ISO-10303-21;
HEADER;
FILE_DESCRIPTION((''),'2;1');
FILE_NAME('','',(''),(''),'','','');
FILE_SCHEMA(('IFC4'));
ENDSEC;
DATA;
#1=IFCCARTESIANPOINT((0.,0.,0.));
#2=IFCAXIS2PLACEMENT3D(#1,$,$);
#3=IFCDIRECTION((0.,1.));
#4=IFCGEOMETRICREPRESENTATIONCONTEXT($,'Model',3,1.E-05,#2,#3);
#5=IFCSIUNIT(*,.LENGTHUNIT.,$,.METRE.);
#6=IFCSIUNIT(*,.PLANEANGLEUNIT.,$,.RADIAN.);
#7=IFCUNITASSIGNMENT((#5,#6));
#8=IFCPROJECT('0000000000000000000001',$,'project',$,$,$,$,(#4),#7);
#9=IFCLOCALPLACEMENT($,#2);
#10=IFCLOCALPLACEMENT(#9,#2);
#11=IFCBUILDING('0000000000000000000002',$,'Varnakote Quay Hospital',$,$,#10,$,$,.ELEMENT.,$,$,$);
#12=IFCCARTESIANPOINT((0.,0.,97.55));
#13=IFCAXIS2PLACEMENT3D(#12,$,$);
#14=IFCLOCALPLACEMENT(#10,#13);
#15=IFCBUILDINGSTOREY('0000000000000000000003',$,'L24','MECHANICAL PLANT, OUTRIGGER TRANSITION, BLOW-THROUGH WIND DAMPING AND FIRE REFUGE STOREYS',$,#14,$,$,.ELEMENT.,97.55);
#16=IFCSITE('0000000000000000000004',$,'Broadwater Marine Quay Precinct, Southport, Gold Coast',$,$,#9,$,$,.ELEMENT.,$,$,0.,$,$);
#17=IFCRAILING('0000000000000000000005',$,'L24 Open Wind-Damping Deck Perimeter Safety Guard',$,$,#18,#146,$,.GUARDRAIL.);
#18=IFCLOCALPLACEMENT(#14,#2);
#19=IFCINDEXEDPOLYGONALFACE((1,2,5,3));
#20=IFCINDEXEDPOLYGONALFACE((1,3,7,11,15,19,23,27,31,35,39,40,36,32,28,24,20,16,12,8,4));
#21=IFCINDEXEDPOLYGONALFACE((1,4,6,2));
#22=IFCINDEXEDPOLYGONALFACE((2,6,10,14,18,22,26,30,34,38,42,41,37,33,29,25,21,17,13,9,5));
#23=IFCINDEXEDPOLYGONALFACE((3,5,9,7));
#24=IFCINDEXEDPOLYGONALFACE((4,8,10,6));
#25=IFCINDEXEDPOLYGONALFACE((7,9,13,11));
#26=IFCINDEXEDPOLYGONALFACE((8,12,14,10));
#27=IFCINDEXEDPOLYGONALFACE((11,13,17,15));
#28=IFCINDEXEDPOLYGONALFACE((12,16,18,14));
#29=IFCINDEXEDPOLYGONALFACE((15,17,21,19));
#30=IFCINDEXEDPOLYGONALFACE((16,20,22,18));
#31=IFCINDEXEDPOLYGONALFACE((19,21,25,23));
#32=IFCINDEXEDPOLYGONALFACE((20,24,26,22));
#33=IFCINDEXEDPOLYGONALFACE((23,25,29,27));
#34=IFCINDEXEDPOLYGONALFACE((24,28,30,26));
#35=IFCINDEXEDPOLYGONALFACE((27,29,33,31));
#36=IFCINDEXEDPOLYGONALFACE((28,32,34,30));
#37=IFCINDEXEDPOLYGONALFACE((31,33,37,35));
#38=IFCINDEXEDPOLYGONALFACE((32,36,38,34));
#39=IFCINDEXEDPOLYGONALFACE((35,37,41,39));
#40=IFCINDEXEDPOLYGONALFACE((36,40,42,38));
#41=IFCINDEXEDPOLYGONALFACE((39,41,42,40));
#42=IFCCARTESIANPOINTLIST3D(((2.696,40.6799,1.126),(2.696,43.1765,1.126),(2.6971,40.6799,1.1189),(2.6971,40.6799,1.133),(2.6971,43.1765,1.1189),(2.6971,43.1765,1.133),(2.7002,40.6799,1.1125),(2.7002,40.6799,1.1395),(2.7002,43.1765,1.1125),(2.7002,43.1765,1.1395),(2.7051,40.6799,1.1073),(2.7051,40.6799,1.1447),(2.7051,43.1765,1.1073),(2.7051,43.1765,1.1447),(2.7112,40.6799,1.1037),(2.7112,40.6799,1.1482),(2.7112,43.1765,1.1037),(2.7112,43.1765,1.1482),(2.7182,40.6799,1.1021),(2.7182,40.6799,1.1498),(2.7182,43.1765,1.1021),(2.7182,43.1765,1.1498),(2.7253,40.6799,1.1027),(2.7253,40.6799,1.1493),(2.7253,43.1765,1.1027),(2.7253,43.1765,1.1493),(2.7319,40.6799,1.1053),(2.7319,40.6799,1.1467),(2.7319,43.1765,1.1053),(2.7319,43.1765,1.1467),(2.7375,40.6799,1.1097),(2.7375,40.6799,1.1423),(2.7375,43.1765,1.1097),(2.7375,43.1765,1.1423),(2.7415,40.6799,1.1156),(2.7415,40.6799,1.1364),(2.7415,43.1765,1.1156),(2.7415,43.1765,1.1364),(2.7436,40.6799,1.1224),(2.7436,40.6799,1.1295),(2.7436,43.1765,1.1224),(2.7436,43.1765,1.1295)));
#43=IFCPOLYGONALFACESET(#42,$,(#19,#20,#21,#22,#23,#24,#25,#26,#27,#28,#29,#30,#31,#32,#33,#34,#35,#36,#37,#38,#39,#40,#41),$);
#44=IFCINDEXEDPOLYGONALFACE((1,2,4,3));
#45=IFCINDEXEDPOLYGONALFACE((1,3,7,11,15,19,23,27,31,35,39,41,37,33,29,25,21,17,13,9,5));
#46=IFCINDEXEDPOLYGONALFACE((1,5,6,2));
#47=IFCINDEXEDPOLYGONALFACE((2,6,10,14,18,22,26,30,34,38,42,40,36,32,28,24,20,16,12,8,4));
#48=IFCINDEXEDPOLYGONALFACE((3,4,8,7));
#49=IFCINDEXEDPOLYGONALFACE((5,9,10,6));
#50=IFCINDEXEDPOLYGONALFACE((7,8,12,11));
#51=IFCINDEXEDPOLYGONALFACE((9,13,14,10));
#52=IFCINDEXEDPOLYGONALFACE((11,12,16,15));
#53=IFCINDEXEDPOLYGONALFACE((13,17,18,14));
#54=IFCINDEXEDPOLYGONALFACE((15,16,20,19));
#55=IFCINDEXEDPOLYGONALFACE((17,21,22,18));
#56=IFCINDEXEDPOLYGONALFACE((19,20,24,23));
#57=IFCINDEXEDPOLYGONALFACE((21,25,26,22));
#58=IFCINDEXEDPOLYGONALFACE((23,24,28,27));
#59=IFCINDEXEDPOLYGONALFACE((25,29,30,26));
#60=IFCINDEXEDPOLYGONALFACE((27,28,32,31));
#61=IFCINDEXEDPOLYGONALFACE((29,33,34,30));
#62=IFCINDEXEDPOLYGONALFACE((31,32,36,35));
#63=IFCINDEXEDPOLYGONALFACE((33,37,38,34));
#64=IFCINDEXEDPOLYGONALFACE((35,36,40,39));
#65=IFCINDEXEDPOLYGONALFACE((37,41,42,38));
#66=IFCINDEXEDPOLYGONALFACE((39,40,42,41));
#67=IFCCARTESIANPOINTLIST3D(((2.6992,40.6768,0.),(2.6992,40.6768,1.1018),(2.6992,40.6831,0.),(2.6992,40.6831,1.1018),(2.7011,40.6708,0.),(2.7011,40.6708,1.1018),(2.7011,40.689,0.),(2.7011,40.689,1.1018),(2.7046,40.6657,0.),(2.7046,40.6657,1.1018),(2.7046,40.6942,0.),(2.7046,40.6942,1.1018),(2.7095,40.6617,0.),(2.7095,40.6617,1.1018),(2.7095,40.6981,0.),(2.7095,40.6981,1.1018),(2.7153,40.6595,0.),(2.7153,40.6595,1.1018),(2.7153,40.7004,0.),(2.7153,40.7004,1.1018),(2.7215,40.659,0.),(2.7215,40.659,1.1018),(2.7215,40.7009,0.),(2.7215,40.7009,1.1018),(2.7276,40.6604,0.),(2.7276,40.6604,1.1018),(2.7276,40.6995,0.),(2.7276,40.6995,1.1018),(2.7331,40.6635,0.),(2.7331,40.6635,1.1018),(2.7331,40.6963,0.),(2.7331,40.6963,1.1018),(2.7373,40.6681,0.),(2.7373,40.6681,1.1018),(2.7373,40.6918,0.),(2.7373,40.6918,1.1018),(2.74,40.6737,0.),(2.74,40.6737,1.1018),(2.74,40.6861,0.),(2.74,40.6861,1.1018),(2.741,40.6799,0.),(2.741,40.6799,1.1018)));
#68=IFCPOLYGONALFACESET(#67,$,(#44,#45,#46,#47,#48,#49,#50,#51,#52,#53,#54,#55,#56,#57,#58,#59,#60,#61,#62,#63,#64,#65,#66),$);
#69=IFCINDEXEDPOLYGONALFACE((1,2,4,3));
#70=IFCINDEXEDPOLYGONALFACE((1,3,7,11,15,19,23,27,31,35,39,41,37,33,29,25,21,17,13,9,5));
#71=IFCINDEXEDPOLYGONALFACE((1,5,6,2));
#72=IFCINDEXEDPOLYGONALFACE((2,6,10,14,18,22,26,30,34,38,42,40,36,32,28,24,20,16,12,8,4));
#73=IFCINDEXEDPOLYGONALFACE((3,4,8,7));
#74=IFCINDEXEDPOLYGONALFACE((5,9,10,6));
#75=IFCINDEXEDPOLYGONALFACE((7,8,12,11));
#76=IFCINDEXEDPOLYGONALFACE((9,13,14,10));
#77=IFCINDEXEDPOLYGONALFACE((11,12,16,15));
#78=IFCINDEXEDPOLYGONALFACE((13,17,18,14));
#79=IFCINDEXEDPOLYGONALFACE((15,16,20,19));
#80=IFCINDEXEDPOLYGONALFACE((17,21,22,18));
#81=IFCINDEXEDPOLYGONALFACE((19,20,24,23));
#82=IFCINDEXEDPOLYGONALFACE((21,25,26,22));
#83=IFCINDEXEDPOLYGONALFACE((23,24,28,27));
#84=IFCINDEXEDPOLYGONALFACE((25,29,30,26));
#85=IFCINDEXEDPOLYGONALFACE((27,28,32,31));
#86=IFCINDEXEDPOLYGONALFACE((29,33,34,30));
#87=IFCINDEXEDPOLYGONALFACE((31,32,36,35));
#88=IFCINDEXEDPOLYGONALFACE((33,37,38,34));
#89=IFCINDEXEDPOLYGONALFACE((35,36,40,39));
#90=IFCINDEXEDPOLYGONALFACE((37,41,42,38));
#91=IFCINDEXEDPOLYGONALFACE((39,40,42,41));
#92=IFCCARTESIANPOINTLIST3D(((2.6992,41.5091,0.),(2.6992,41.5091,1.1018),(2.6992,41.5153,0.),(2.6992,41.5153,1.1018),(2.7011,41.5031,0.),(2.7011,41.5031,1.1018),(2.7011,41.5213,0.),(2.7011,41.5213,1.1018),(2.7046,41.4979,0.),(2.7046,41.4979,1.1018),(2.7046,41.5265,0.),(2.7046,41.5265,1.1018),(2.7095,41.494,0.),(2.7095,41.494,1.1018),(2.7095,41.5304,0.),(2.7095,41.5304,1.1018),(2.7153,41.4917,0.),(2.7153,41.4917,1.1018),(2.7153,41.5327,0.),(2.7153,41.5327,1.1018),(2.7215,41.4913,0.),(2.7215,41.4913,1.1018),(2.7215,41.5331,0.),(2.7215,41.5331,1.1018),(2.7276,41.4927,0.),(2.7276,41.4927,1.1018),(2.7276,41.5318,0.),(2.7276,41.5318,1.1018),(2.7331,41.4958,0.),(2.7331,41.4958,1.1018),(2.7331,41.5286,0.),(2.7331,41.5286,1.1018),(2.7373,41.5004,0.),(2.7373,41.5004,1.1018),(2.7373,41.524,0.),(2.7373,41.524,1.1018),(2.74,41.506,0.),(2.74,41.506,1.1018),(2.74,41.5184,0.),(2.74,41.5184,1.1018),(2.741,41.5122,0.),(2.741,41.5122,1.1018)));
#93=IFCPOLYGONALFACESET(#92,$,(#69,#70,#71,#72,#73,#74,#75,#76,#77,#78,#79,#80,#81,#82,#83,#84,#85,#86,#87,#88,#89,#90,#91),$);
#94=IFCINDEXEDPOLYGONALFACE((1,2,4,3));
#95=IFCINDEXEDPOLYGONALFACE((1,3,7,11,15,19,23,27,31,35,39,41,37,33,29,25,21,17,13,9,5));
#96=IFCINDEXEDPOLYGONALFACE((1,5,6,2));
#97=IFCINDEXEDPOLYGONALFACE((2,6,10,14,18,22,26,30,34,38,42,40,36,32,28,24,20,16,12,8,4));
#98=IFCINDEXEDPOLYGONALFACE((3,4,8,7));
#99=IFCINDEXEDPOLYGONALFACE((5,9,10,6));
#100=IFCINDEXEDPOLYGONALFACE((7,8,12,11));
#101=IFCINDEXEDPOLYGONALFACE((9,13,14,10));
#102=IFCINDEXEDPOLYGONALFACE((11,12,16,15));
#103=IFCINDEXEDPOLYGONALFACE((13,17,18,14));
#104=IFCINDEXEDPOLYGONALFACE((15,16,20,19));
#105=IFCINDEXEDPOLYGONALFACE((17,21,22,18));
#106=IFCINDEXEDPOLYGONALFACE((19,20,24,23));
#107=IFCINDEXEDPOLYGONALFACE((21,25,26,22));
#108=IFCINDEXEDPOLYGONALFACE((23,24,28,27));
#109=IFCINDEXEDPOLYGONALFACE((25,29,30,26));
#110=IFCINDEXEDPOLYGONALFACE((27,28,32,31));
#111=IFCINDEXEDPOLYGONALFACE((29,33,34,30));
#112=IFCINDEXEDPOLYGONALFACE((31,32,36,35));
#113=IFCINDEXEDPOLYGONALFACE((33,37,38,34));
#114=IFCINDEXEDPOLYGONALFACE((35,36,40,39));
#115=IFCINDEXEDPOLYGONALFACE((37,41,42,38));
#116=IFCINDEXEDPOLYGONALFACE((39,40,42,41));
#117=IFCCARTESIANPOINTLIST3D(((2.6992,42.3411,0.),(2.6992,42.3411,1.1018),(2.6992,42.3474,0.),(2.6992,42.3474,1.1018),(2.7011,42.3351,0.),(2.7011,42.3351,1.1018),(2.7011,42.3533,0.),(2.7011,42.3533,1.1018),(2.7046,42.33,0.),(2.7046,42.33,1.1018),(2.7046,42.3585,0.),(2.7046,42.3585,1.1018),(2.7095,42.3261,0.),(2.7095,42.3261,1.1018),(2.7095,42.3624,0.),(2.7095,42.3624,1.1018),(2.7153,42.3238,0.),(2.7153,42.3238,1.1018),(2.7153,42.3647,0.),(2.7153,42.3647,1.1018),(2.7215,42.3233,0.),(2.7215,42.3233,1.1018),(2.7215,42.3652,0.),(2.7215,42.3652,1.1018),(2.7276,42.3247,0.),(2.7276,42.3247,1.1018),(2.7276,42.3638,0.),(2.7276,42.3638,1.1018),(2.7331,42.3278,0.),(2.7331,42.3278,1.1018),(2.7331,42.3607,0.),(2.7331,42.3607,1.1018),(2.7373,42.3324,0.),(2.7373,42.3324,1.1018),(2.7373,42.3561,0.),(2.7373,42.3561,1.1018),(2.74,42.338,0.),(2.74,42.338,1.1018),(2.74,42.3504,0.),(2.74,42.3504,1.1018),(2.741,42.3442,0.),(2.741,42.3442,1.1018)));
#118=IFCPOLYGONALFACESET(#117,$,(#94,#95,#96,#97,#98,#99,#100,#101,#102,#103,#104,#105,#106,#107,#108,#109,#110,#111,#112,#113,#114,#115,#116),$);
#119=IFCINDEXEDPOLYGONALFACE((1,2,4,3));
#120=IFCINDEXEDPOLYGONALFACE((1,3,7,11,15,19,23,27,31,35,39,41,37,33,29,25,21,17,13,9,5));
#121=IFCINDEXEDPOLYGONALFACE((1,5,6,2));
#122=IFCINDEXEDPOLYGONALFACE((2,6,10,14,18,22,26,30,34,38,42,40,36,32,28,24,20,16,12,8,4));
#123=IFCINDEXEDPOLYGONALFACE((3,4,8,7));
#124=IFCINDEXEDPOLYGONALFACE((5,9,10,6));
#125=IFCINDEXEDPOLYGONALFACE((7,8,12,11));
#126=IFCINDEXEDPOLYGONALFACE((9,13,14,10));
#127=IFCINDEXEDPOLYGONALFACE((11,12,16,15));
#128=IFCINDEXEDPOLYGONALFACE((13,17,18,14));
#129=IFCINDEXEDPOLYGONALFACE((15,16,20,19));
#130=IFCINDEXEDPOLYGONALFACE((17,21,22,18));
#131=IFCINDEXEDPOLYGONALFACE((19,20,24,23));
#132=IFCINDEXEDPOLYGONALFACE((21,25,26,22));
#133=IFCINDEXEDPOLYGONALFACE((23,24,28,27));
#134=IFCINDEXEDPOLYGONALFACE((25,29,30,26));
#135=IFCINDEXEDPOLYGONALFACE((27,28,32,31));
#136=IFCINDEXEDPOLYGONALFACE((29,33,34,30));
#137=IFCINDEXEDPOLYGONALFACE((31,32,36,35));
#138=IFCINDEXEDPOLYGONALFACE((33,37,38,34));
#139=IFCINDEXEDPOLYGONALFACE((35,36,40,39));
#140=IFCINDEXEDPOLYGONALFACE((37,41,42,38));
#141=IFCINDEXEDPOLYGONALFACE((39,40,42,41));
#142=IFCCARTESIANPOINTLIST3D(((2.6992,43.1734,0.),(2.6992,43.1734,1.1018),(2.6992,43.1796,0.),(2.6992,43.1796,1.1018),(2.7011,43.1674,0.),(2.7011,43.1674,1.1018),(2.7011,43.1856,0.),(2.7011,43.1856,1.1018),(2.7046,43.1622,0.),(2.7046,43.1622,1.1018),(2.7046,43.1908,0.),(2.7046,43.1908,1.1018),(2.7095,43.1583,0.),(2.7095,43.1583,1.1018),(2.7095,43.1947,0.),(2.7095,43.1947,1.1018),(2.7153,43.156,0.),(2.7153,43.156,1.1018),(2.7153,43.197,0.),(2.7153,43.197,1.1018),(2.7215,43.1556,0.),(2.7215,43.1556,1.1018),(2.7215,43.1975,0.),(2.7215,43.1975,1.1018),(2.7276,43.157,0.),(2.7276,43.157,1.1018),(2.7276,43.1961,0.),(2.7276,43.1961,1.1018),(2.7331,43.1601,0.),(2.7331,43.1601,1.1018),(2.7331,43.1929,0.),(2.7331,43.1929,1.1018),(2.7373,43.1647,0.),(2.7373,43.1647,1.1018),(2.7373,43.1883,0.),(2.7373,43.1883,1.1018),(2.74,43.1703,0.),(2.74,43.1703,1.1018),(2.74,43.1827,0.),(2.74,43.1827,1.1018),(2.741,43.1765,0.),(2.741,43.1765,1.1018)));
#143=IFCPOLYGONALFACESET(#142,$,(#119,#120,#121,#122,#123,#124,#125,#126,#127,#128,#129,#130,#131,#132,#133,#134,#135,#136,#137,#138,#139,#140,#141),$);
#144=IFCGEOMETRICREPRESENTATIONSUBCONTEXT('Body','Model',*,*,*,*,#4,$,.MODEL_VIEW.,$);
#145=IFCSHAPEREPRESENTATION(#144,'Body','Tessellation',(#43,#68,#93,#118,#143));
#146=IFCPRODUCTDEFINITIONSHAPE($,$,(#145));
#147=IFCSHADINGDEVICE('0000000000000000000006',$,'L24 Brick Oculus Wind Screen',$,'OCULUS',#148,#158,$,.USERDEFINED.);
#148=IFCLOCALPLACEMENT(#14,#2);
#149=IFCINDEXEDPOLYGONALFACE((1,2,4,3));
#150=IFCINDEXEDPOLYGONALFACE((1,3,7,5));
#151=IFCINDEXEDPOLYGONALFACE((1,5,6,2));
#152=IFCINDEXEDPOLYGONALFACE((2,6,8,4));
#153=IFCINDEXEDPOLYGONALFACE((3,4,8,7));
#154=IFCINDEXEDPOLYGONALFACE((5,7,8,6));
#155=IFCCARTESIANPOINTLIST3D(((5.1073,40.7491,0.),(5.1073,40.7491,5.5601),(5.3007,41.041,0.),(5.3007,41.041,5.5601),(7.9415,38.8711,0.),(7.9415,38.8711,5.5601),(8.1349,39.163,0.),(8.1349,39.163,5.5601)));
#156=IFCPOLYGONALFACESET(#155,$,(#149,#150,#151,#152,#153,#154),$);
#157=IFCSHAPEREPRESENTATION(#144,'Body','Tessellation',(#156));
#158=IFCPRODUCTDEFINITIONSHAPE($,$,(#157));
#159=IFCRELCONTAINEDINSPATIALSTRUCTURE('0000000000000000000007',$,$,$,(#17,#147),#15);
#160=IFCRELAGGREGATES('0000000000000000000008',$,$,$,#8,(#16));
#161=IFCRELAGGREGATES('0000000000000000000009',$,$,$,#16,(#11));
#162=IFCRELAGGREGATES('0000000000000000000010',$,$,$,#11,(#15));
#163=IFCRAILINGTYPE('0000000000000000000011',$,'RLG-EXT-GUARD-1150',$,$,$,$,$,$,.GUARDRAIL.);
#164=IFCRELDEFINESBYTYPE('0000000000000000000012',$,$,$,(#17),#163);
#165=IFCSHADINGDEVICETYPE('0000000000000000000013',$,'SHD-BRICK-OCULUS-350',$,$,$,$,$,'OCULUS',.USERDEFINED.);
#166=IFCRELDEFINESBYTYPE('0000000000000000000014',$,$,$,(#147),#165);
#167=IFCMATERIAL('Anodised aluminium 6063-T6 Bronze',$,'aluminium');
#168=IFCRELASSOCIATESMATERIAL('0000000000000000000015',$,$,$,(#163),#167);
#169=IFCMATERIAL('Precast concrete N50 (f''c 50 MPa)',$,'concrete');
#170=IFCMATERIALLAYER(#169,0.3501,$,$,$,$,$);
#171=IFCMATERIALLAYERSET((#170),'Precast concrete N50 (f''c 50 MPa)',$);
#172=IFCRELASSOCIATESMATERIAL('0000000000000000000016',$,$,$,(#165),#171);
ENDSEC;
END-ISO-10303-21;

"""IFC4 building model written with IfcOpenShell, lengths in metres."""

from ifc_helpers import new_model, si_unit, direction, frame, origin, origin_2d, place, context, subcontext, project, spatial, rectangle, circle, extrude, material, layer, layer_set, type_object, element, save


model = new_model("IFC4")

# Units and contexts
model_context = context("Model", 3, precision=1e-05, world=origin(), true_north=direction((0.0, 1.0)))
body_context = subcontext(model_context, "Body", "Model", "MODEL_VIEW")
ifc_project = project(units=[si_unit("LENGTHUNIT", "METRE"), si_unit("PLANEANGLEUNIT", "RADIAN")], contexts=[model_context])

# Site, building, storey
site_placement = place(None, origin())
site = spatial("IfcSite", under=ifc_project, at=site_placement, Name="Broadwater Marine Quay Precinct, Southport, Gold Coast", CompositionType="ELEMENT", RefElevation=0.0)
building_placement = place(site_placement, origin())
building = spatial("IfcBuilding", under=site, at=building_placement, Name="Varnakote Quay Hospital", CompositionType="ELEMENT")
storey_placement = place(building_placement, frame((0.0, 0.0, 97.55)))
storey = spatial("IfcBuildingStorey", under=building, at=storey_placement, Name="L24", Description="MECHANICAL PLANT, OUTRIGGER TRANSITION, BLOW-THROUGH WIND DAMPING AND FIRE REFUGE STOREYS", CompositionType="ELEMENT", Elevation=97.55)

# Railing
ifc_material_1 = material(Name="Anodised aluminium 6063-T6 Bronze", Category="aluminium")
railing_type = type_object("IfcRailingType", Name="RLG-EXT-GUARD-1150", PredefinedType="GUARDRAIL", material=ifc_material_1)
railing_1_placement = place(storey_placement, frame((2.72, 40.6799, 0.0)))
element("IfcRailing", 1, at=railing_1_placement, inside=storey, type_object=railing_type, Name="L24 Open Wind-Damping Deck Perimeter Safety Guard", PredefinedType="GUARDRAIL", context=body_context, shape_type="SweptSolid", body=[
    extrude(circle(Radius=0.0239, at=origin_2d()), frame((0.0, 0.0, 1.126), z_axis=(0.0, 1.0, 0.0), x_axis=(-1.0, 0.0, 0.0)), (0.0, 0.0, 1.0), 2.4966),
    extrude(circle(Radius=0.021, at=origin_2d()), origin(), (0.0, 0.0, 1.0), 1.1018),
    extrude(circle(Radius=0.021, at=origin_2d()), frame((0.0, 0.8323, 0.0)), (0.0, 0.0, 1.0), 1.1018),
    extrude(circle(Radius=0.021, at=origin_2d()), frame((0.0, 1.6643, 0.0)), (0.0, 0.0, 1.0), 1.1018),
    extrude(circle(Radius=0.021, at=origin_2d()), frame((0.0, 2.4966, 0.0)), (0.0, 0.0, 1.0), 1.1018),
])

# Shading device
ifc_material_2 = material(Name="Precast concrete N50 (f'c 50 MPa)", Category="concrete")
ifc_layer_1 = layer(ifc_material_2, 0.3501)
ifc_layer_set_1 = layer_set([ifc_layer_1], Name="Precast concrete N50 (f'c 50 MPa)")
shading_device_type = type_object("IfcShadingDeviceType", Name="SHD-BRICK-OCULUS-350", ElementType="OCULUS", PredefinedType="USERDEFINED", material=ifc_layer_set_1)
shading_device_placement = place(storey_placement, frame((6.6211, 39.9561, 0.0), z_axis=(0.0, 0.0, 1.0), x_axis=(-0.833597, 0.552374, 0.0)))
element("IfcShadingDevice", 2, at=shading_device_placement, inside=storey, type_object=shading_device_type, Name="L24 Brick Oculus Wind Screen", ObjectType="OCULUS", PredefinedType="USERDEFINED", context=body_context, shape_type="SweptSolid", body=[
    extrude(rectangle(XDim=3.3999, YDim=0.3501, at=origin_2d()), origin(), (0.0, 0.0, 1.0), 5.5601),
])

save(model, "model.ifc")
